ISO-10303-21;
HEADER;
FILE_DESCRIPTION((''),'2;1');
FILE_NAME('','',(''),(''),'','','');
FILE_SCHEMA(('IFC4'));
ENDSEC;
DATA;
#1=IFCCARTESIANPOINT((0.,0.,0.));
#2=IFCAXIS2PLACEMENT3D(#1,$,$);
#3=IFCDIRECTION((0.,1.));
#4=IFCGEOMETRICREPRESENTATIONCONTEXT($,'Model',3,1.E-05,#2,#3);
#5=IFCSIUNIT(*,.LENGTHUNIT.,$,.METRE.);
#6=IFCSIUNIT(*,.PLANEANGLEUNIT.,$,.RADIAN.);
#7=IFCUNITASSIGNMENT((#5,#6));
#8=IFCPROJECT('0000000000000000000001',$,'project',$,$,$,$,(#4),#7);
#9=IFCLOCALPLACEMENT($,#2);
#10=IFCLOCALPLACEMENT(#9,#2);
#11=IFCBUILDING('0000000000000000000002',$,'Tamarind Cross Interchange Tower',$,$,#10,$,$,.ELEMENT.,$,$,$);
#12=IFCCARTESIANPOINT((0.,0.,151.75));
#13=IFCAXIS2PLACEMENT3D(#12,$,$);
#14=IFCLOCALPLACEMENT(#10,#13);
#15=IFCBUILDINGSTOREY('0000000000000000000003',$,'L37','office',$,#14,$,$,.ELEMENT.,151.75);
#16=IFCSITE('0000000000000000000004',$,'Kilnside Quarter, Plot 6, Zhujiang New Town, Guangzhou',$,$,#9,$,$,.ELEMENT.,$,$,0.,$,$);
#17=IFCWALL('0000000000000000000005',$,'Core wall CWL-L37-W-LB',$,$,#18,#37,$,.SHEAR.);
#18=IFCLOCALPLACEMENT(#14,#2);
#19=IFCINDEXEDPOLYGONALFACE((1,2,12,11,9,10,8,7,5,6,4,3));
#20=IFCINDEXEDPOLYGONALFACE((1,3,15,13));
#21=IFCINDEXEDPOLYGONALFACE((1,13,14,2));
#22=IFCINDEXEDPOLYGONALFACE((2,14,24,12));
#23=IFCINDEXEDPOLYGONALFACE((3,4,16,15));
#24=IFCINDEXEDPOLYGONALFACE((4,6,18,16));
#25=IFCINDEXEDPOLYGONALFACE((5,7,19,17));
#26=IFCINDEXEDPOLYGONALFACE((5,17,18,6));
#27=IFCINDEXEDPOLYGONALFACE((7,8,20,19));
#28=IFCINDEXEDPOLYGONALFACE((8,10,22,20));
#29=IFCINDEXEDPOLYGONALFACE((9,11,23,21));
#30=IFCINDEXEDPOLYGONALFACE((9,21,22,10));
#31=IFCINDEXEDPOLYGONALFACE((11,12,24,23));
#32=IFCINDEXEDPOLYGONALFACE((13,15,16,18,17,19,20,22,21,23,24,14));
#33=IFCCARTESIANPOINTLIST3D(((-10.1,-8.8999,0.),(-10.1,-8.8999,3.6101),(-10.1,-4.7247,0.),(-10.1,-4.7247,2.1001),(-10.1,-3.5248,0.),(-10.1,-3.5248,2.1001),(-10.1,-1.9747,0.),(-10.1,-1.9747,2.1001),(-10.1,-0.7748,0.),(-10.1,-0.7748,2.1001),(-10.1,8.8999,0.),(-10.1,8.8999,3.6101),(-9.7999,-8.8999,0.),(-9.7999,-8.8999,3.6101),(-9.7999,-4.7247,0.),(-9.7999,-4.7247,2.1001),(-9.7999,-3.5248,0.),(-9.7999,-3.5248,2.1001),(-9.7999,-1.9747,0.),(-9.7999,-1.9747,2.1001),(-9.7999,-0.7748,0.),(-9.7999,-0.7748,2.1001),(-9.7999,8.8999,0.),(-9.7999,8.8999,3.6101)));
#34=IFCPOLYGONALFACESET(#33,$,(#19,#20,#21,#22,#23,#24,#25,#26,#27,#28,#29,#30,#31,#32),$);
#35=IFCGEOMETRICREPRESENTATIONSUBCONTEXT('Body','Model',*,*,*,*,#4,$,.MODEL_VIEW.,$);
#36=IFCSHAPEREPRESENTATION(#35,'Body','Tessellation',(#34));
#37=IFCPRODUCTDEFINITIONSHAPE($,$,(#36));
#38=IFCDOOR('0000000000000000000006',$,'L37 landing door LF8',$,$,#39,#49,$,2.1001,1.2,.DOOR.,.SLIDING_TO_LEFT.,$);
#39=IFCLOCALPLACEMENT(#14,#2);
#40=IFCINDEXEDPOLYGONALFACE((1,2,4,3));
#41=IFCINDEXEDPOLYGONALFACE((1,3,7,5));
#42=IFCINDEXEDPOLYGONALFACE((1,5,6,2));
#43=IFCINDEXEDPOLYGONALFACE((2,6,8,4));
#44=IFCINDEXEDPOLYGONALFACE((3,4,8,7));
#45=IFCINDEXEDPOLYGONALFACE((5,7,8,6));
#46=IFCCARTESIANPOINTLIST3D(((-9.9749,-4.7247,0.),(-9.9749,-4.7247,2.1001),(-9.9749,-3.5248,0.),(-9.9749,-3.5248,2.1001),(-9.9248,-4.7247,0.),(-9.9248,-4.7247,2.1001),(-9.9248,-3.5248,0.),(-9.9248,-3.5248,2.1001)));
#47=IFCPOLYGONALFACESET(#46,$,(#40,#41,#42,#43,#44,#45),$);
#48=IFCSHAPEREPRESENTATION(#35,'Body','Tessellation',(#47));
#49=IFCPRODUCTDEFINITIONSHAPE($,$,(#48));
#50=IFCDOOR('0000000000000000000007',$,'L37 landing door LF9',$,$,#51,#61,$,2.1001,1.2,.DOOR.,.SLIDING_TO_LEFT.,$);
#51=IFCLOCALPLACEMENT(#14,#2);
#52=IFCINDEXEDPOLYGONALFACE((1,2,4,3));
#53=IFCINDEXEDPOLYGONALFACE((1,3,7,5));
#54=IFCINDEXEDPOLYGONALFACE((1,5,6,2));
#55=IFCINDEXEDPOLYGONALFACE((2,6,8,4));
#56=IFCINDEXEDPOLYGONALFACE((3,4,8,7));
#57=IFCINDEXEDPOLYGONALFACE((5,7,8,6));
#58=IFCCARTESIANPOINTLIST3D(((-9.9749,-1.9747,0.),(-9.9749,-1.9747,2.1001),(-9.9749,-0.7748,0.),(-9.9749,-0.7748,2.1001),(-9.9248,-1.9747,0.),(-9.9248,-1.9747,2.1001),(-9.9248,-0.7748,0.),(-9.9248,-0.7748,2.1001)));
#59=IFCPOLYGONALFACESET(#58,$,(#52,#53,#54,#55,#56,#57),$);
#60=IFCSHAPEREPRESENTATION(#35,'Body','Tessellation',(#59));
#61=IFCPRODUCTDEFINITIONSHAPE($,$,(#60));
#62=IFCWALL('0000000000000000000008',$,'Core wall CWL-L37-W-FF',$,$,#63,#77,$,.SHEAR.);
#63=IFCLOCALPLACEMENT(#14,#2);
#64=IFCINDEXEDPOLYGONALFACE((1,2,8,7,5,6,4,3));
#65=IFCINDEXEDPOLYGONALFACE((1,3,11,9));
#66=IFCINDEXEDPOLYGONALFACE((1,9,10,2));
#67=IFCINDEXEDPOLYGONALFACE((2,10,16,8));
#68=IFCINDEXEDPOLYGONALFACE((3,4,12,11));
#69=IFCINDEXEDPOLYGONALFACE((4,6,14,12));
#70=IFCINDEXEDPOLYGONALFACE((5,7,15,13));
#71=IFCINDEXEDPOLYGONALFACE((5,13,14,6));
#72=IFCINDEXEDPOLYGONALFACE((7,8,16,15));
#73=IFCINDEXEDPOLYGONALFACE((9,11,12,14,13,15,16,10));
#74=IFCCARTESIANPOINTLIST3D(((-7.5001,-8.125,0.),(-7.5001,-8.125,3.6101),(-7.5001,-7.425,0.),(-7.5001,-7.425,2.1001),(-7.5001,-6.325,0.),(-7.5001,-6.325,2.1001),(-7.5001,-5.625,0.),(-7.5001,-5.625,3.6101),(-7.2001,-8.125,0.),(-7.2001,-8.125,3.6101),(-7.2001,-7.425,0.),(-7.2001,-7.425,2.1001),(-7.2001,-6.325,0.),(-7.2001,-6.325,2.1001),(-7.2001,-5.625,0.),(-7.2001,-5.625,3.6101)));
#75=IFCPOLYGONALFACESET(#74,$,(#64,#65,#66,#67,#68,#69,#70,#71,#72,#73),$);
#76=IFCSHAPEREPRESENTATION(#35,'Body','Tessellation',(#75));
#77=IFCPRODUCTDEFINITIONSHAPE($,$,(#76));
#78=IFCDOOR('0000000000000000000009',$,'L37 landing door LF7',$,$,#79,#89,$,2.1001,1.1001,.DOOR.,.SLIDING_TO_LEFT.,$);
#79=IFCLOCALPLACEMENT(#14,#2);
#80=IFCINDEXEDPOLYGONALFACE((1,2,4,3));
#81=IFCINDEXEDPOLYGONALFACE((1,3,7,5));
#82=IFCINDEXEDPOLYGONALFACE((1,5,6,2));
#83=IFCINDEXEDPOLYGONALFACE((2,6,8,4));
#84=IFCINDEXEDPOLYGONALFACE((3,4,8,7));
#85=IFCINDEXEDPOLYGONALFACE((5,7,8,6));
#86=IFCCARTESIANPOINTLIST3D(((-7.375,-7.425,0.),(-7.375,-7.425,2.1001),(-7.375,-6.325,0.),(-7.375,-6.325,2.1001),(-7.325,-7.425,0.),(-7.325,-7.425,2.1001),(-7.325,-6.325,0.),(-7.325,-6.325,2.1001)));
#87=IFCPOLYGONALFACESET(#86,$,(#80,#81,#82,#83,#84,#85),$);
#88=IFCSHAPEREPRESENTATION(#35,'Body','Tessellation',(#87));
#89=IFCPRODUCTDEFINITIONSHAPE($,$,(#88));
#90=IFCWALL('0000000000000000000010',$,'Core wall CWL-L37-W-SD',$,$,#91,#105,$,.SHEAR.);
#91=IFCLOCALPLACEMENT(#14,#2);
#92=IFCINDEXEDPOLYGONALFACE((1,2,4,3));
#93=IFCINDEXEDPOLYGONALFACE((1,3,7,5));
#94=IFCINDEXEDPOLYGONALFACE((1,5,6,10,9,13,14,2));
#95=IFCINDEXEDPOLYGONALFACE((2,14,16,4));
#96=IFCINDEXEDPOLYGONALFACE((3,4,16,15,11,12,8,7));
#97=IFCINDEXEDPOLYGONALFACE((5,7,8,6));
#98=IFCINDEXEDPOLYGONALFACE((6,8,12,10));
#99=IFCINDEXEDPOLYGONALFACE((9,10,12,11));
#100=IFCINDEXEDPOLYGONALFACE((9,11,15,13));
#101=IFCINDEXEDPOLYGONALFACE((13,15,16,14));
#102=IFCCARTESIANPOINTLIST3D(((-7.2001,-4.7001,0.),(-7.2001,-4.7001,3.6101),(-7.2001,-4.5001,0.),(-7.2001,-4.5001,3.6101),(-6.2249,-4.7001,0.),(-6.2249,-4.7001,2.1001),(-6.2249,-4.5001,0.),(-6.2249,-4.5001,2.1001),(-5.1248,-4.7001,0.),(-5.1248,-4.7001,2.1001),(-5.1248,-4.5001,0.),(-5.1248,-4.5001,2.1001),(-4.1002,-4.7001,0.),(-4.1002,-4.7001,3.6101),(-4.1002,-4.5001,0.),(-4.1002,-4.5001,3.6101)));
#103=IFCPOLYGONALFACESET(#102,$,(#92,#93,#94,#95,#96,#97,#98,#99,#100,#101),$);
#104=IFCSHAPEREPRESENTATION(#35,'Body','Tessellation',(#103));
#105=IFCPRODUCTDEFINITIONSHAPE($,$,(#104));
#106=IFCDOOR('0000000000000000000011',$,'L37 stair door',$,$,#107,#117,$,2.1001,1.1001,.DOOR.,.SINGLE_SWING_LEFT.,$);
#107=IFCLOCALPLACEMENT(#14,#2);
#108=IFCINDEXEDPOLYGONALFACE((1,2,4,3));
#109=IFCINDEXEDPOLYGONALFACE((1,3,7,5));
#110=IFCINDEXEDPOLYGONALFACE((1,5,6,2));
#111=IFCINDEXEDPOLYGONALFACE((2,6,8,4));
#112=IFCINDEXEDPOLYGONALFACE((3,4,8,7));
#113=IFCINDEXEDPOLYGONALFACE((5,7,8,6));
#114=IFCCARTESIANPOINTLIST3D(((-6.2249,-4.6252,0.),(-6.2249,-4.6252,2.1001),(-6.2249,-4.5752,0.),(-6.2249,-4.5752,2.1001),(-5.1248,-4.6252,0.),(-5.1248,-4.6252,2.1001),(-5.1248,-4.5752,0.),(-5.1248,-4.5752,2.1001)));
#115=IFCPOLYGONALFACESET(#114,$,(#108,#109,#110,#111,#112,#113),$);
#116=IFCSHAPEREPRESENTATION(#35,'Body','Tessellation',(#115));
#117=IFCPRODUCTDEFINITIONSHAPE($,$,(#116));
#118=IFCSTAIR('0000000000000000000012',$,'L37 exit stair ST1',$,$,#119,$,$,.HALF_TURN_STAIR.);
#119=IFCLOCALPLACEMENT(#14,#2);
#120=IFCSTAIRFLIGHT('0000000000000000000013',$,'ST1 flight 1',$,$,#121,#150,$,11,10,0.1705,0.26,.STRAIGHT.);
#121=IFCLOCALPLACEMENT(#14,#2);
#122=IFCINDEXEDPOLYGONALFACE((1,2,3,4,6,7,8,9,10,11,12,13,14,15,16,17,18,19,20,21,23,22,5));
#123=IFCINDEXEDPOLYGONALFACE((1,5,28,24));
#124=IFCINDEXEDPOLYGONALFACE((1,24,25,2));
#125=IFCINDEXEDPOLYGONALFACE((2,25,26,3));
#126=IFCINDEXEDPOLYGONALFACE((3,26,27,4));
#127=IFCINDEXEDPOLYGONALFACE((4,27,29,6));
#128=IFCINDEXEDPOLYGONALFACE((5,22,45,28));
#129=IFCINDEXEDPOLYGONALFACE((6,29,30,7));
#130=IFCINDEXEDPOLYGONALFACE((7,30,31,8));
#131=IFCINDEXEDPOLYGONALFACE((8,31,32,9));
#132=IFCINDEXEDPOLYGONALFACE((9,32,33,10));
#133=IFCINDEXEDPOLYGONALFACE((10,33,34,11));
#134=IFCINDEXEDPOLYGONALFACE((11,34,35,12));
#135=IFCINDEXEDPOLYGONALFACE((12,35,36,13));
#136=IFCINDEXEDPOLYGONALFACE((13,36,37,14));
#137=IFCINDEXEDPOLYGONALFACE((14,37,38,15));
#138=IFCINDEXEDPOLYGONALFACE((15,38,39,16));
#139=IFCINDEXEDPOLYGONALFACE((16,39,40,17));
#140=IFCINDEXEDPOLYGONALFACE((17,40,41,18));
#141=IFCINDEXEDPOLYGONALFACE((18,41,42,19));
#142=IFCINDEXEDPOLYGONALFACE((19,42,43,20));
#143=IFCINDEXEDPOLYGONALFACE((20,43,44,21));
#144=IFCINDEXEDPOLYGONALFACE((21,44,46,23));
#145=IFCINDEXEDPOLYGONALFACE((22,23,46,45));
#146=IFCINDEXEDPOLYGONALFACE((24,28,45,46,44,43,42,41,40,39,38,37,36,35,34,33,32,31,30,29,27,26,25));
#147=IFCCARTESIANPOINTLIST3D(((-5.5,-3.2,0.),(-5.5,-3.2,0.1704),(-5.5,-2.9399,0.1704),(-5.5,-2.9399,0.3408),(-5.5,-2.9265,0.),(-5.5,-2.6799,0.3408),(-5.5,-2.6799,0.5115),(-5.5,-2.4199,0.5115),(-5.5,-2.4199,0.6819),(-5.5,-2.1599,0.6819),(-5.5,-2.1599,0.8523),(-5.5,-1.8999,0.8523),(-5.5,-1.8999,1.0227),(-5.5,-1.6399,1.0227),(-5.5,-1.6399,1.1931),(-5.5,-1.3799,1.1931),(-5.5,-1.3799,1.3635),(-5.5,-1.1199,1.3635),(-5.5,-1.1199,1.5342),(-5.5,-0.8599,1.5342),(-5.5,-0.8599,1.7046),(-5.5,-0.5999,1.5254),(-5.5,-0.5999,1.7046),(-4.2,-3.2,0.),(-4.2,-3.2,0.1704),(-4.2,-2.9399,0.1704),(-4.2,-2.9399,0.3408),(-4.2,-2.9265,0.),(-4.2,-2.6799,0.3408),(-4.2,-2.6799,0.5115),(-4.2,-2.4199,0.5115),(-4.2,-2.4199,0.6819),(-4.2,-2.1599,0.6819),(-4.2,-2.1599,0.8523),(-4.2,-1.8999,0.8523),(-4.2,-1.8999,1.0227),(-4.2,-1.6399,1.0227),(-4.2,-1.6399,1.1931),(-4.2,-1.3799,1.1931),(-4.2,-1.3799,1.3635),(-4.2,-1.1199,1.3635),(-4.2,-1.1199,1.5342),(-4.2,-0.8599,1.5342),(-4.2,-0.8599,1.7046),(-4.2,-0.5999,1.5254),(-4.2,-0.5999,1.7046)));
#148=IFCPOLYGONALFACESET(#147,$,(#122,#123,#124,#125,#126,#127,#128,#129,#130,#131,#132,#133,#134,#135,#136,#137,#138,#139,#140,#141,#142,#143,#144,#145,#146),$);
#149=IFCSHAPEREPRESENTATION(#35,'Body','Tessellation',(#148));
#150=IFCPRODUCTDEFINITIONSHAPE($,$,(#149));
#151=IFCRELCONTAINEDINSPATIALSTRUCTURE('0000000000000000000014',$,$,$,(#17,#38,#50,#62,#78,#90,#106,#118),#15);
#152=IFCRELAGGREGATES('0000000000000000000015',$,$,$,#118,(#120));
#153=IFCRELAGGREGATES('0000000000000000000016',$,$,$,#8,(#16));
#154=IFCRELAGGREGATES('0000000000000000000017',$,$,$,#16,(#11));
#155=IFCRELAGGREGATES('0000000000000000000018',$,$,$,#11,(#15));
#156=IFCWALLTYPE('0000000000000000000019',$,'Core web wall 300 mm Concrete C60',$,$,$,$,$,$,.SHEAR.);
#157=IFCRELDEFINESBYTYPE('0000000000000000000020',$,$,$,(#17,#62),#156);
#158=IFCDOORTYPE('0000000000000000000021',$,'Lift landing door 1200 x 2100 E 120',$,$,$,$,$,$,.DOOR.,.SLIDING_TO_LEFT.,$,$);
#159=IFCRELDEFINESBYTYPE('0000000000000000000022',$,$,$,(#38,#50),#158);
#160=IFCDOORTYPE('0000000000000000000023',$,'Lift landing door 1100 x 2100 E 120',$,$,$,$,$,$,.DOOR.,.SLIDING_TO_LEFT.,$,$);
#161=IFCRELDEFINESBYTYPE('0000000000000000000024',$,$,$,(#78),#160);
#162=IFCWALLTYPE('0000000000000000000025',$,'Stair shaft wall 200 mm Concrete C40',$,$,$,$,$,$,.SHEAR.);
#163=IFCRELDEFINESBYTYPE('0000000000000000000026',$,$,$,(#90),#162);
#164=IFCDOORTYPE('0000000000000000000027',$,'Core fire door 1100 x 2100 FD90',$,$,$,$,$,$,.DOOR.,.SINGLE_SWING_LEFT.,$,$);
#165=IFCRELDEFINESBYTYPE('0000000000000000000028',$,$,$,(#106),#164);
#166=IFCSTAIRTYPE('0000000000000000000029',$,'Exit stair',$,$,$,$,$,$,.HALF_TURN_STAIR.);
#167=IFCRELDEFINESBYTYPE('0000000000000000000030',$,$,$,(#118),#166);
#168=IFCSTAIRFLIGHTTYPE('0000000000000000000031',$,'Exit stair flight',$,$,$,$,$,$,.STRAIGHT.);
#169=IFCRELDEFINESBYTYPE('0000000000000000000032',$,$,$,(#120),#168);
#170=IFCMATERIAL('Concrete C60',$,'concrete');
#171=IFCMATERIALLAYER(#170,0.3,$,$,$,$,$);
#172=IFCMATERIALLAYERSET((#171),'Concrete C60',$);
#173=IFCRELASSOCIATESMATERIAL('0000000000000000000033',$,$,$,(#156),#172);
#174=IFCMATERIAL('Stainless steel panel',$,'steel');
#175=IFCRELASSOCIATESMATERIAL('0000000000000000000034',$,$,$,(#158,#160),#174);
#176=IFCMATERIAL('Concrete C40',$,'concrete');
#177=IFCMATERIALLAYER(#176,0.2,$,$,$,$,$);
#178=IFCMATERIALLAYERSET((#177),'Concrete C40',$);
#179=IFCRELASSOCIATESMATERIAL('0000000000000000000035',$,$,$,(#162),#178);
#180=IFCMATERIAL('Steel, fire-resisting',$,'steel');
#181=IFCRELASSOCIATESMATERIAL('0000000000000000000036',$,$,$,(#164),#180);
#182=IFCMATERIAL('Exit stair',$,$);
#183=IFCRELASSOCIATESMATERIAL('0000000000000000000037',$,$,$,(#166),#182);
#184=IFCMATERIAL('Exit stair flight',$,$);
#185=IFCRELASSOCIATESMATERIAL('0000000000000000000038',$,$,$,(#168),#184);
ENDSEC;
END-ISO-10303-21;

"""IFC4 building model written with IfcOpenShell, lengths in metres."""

from ifc_helpers import new_model, si_unit, direction, frame, frame_2d, origin, place, context, subcontext, project, spatial, polyline, rectangle, outline, extrude, material, layer, layer_set, type_object, element, fill, aggregate, save


model = new_model("IFC4")

# Units and contexts
model_context = context("Model", 3, precision=1e-05, world=origin(), true_north=direction((0.0, 1.0)))
body_context = subcontext(model_context, "Body", "Model", "MODEL_VIEW")
ifc_project = project(units=[si_unit("LENGTHUNIT", "METRE"), si_unit("PLANEANGLEUNIT", "RADIAN")], contexts=[model_context])

# Site, building, storey
site_placement = place(None, origin())
site = spatial("IfcSite", under=ifc_project, at=site_placement, Name="Kilnside Quarter, Plot 6, Zhujiang New Town, Guangzhou", CompositionType="ELEMENT", RefElevation=0.0)
building_placement = place(site_placement, origin())
building = spatial("IfcBuilding", under=site, at=building_placement, Name="Tamarind Cross Interchange Tower", CompositionType="ELEMENT")
storey_placement = place(building_placement, frame((0.0, 0.0, 151.75)))
storey = spatial("IfcBuildingStorey", under=building, at=storey_placement, Name="L37", Description="office", CompositionType="ELEMENT", Elevation=151.75)

# Shared definitions
ifc_material_1 = material(Name="Concrete C60", Category="concrete")
ifc_material_2 = material(Name="Steel, fire-resisting", Category="steel")

# Shared definitions
ifc_layer_1 = layer(ifc_material_1, 0.3)
ifc_layer_set_1 = layer_set([ifc_layer_1], Name="Concrete C60")
wall_type_1 = type_object("IfcWallType", Name="Core web wall 300 mm Concrete C60", PredefinedType="SHEAR", material=ifc_layer_set_1)

# Wall, openings, doors
wall_1_placement = place(storey_placement, frame((-9.95, -8.8999, 0.0), z_axis=(0.0, 0.0, 1.0), x_axis=(0.0, 1.0, 0.0)))
wall_1 = element("IfcWall", 1, at=wall_1_placement, inside=storey, type_object=wall_type_1, Name="Core wall CWL-L37-W-LB", PredefinedType="SHEAR", context=body_context, shape_type="SweptSolid", body=[
    extrude(rectangle(XDim=17.7998, YDim=0.3, at=frame_2d((8.8999, 0.0))), origin(), (0.0, 0.0, 1.0), 3.6101),
])
opening_1_placement = place(wall_1_placement, frame((4.175, 0.0, 0.0)))
opening_1 = element("IfcOpeningElement", 2, at=opening_1_placement, cuts=wall_1, PredefinedType="OPENING", context=body_context, shape_type="SweptSolid", body=[
    extrude(rectangle(XDim=1.2, YDim=2.1001, at=frame_2d((0.6001, 1.05))), frame((0.0, 0.1599, 0.0), z_axis=(0.0, -1.0, 0.0), x_axis=(1.0, 0.0, 0.0)), (0.0, 0.0, 1.0), 0.3201),
])
opening_2_placement = place(wall_1_placement, frame((6.925, 0.0, 0.0)))
opening_2 = element("IfcOpeningElement", 3, at=opening_2_placement, cuts=wall_1, PredefinedType="OPENING", context=body_context, shape_type="SweptSolid", body=[
    extrude(rectangle(XDim=1.2, YDim=2.1001, at=frame_2d((0.6001, 1.05))), frame((0.0, 0.1599, 0.0), z_axis=(0.0, -1.0, 0.0), x_axis=(1.0, 0.0, 0.0)), (0.0, 0.0, 1.0), 0.3201),
])
ifc_material_3 = material(Name="Stainless steel panel", Category="steel")
door_type_1 = type_object("IfcDoorType", Name="Lift landing door 1200 x 2100 E 120", OperationType="SLIDING_TO_LEFT", PredefinedType="DOOR", material=ifc_material_3)
door_1_placement = place(opening_1_placement, origin())
door_1 = element("IfcDoor", 4, at=door_1_placement, inside=storey, type_object=door_type_1, Name="L37 landing door LF8", OperationType="SLIDING_TO_LEFT", OverallHeight=2.1001, OverallWidth=1.2, PredefinedType="DOOR", context=body_context, shape_type="SweptSolid", body=[
    extrude(rectangle(XDim=1.2, YDim=2.1001, at=frame_2d((0.6001, 1.05))), frame((0.0, 0.0249, 0.0), z_axis=(0.0, -1.0, 0.0), x_axis=(1.0, 0.0, 0.0)), (0.0, 0.0, 1.0), 0.05),
])
fill(opening_1, door_1)
door_2_placement = place(opening_2_placement, origin())
door_2 = element("IfcDoor", 5, at=door_2_placement, inside=storey, type_object=door_type_1, Name="L37 landing door LF9", OperationType="SLIDING_TO_LEFT", OverallHeight=2.1001, OverallWidth=1.2, PredefinedType="DOOR", context=body_context, shape_type="SweptSolid", body=[
    extrude(rectangle(XDim=1.2, YDim=2.1001, at=frame_2d((0.6001, 1.05))), frame((0.0, 0.0249, 0.0), z_axis=(0.0, -1.0, 0.0), x_axis=(1.0, 0.0, 0.0)), (0.0, 0.0, 1.0), 0.05),
])
fill(opening_2, door_2)

# Walls, openings, doors
wall_2_placement = place(storey_placement, frame((-7.3501, -8.125, 0.0), z_axis=(0.0, 0.0, 1.0), x_axis=(0.0, 1.0, 0.0)))
wall_2 = element("IfcWall", 6, at=wall_2_placement, inside=storey, type_object=wall_type_1, Name="Core wall CWL-L37-W-FF", PredefinedType="SHEAR", context=body_context, shape_type="SweptSolid", body=[
    extrude(rectangle(XDim=2.5, YDim=0.3, at=frame_2d((1.25, 0.0))), origin(), (0.0, 0.0, 1.0), 3.6101),
])
opening_3_placement = place(wall_2_placement, frame((0.7, 0.0, 0.0)))
opening_3 = element("IfcOpeningElement", 7, at=opening_3_placement, cuts=wall_2, PredefinedType="OPENING", context=body_context, shape_type="SweptSolid", body=[
    extrude(rectangle(XDim=1.1001, YDim=2.1001, at=frame_2d((0.55, 1.05))), frame((0.0, 0.1599, 0.0), z_axis=(0.0, -1.0, 0.0), x_axis=(1.0, 0.0, 0.0)), (0.0, 0.0, 1.0), 0.3201),
])
door_type_2 = type_object("IfcDoorType", Name="Lift landing door 1100 x 2100 E 120", OperationType="SLIDING_TO_LEFT", PredefinedType="DOOR", material=ifc_material_3)
door_3_placement = place(opening_3_placement, origin())
door_3 = element("IfcDoor", 8, at=door_3_placement, inside=storey, type_object=door_type_2, Name="L37 landing door LF7", OperationType="SLIDING_TO_LEFT", OverallHeight=2.1001, OverallWidth=1.1001, PredefinedType="DOOR", context=body_context, shape_type="SweptSolid", body=[
    extrude(rectangle(XDim=1.1001, YDim=2.1001, at=frame_2d((0.55, 1.05))), frame((0.0, 0.0249, 0.0), z_axis=(0.0, -1.0, 0.0), x_axis=(1.0, 0.0, 0.0)), (0.0, 0.0, 1.0), 0.05),
])
fill(opening_3, door_3)
ifc_material_4 = material(Name="Concrete C40", Category="concrete")
ifc_layer_2 = layer(ifc_material_4, 0.2)
ifc_layer_set_2 = layer_set([ifc_layer_2], Name="Concrete C40")
wall_type_2 = type_object("IfcWallType", Name="Stair shaft wall 200 mm Concrete C40", PredefinedType="SHEAR", material=ifc_layer_set_2)
wall_3_placement = place(storey_placement, frame((-7.2, -4.6001, 0.0), z_axis=(0.0, 0.0, 1.0), x_axis=(1.0, 0.0, 0.0)))
wall_3 = element("IfcWall", 9, at=wall_3_placement, inside=storey, type_object=wall_type_2, Name="Core wall CWL-L37-W-SD", PredefinedType="SHEAR", context=body_context, shape_type="SweptSolid", body=[
    extrude(rectangle(XDim=3.0999, YDim=0.2, at=frame_2d((1.5498, 0.0))), origin(), (0.0, 0.0, 1.0), 3.6101),
])
opening_4_placement = place(wall_3_placement, frame((0.9751, 0.0, 0.0)))
opening_4 = element("IfcOpeningElement", 10, at=opening_4_placement, cuts=wall_3, PredefinedType="OPENING", context=body_context, shape_type="SweptSolid", body=[
    extrude(rectangle(XDim=1.1001, YDim=2.1001, at=frame_2d((0.55, 1.05))), frame((0.0, 0.1099, 0.0), z_axis=(0.0, -1.0, 0.0), x_axis=(1.0, 0.0, 0.0)), (0.0, 0.0, 1.0), 0.22),
])
door_type_3 = type_object("IfcDoorType", Name="Core fire door 1100 x 2100 FD90", OperationType="SINGLE_SWING_LEFT", PredefinedType="DOOR", material=ifc_material_2)
door_4_placement = place(opening_4_placement, origin())
door_4 = element("IfcDoor", 11, at=door_4_placement, inside=storey, type_object=door_type_3, Name="L37 stair door", OperationType="SINGLE_SWING_LEFT", OverallHeight=2.1001, OverallWidth=1.1001, PredefinedType="DOOR", context=body_context, shape_type="SweptSolid", body=[
    extrude(rectangle(XDim=1.1001, YDim=2.1001, at=frame_2d((0.55, 1.05))), frame((0.0, 0.0249, 0.0), z_axis=(0.0, -1.0, 0.0), x_axis=(1.0, 0.0, 0.0)), (0.0, 0.0, 1.0), 0.05),
])
fill(opening_4, door_4)

# Stair, stair flight
ifc_material_5 = material(Name="Exit stair")
stair_type = type_object("IfcStairType", Name="Exit stair", PredefinedType="HALF_TURN_STAIR", material=ifc_material_5)
stair_placement = place(storey_placement, origin())
stair = element("IfcStair", 12, at=stair_placement, inside=storey, type_object=stair_type, Name="L37 exit stair ST1", PredefinedType="HALF_TURN_STAIR")
ifc_material_6 = material(Name="Exit stair flight")
stair_flight_type = type_object("IfcStairFlightType", Name="Exit stair flight", PredefinedType="STRAIGHT", material=ifc_material_6)
stair_flight_1_placement = place(storey_placement, frame((-4.8501, -3.2, 0.0), z_axis=(0.0, 0.0, 1.0), x_axis=(0.0, 1.0, 0.0)))
stair_flight_1 = element("IfcStairFlight", 13, at=stair_flight_1_placement, type_object=stair_flight_type, Name="ST1 flight 1", NumberOfRisers=11, NumberOfTreads=10, PredefinedType="STRAIGHT", RiserHeight=0.1705, TreadLength=0.26, context=body_context, shape_type="SweptSolid", body=[
    extrude(outline(polyline([(0.0, 0.0), (0.0, 0.1704), (0.26, 0.1704), (0.26, 0.3408), (0.52, 0.3408), (0.52, 0.5115), (0.78, 0.5115), (0.78, 0.6819), (1.04, 0.6819), (1.04, 0.8523), (1.3, 0.8523), (1.3, 1.0227), (1.5601, 1.0227), (1.5601, 1.1931), (1.8201, 1.1931), (1.8201, 1.3635), (2.0801, 1.3635), (2.0801, 1.5342), (2.3401, 1.5342), (2.3401, 1.7046), (2.6001, 1.7046), (2.6001, 1.875), (2.6001, 1.5254), (0.2734, 0.0), (0.0, 0.0)])), frame((0.0, 0.6499, 0.0), z_axis=(0.0, -1.0, 0.0), x_axis=(1.0, 0.0, 0.0)), (0.0, 0.0, 1.0), 1.3),
])
aggregate(stair, [stair_flight_1])

save(model, "model.ifc")
